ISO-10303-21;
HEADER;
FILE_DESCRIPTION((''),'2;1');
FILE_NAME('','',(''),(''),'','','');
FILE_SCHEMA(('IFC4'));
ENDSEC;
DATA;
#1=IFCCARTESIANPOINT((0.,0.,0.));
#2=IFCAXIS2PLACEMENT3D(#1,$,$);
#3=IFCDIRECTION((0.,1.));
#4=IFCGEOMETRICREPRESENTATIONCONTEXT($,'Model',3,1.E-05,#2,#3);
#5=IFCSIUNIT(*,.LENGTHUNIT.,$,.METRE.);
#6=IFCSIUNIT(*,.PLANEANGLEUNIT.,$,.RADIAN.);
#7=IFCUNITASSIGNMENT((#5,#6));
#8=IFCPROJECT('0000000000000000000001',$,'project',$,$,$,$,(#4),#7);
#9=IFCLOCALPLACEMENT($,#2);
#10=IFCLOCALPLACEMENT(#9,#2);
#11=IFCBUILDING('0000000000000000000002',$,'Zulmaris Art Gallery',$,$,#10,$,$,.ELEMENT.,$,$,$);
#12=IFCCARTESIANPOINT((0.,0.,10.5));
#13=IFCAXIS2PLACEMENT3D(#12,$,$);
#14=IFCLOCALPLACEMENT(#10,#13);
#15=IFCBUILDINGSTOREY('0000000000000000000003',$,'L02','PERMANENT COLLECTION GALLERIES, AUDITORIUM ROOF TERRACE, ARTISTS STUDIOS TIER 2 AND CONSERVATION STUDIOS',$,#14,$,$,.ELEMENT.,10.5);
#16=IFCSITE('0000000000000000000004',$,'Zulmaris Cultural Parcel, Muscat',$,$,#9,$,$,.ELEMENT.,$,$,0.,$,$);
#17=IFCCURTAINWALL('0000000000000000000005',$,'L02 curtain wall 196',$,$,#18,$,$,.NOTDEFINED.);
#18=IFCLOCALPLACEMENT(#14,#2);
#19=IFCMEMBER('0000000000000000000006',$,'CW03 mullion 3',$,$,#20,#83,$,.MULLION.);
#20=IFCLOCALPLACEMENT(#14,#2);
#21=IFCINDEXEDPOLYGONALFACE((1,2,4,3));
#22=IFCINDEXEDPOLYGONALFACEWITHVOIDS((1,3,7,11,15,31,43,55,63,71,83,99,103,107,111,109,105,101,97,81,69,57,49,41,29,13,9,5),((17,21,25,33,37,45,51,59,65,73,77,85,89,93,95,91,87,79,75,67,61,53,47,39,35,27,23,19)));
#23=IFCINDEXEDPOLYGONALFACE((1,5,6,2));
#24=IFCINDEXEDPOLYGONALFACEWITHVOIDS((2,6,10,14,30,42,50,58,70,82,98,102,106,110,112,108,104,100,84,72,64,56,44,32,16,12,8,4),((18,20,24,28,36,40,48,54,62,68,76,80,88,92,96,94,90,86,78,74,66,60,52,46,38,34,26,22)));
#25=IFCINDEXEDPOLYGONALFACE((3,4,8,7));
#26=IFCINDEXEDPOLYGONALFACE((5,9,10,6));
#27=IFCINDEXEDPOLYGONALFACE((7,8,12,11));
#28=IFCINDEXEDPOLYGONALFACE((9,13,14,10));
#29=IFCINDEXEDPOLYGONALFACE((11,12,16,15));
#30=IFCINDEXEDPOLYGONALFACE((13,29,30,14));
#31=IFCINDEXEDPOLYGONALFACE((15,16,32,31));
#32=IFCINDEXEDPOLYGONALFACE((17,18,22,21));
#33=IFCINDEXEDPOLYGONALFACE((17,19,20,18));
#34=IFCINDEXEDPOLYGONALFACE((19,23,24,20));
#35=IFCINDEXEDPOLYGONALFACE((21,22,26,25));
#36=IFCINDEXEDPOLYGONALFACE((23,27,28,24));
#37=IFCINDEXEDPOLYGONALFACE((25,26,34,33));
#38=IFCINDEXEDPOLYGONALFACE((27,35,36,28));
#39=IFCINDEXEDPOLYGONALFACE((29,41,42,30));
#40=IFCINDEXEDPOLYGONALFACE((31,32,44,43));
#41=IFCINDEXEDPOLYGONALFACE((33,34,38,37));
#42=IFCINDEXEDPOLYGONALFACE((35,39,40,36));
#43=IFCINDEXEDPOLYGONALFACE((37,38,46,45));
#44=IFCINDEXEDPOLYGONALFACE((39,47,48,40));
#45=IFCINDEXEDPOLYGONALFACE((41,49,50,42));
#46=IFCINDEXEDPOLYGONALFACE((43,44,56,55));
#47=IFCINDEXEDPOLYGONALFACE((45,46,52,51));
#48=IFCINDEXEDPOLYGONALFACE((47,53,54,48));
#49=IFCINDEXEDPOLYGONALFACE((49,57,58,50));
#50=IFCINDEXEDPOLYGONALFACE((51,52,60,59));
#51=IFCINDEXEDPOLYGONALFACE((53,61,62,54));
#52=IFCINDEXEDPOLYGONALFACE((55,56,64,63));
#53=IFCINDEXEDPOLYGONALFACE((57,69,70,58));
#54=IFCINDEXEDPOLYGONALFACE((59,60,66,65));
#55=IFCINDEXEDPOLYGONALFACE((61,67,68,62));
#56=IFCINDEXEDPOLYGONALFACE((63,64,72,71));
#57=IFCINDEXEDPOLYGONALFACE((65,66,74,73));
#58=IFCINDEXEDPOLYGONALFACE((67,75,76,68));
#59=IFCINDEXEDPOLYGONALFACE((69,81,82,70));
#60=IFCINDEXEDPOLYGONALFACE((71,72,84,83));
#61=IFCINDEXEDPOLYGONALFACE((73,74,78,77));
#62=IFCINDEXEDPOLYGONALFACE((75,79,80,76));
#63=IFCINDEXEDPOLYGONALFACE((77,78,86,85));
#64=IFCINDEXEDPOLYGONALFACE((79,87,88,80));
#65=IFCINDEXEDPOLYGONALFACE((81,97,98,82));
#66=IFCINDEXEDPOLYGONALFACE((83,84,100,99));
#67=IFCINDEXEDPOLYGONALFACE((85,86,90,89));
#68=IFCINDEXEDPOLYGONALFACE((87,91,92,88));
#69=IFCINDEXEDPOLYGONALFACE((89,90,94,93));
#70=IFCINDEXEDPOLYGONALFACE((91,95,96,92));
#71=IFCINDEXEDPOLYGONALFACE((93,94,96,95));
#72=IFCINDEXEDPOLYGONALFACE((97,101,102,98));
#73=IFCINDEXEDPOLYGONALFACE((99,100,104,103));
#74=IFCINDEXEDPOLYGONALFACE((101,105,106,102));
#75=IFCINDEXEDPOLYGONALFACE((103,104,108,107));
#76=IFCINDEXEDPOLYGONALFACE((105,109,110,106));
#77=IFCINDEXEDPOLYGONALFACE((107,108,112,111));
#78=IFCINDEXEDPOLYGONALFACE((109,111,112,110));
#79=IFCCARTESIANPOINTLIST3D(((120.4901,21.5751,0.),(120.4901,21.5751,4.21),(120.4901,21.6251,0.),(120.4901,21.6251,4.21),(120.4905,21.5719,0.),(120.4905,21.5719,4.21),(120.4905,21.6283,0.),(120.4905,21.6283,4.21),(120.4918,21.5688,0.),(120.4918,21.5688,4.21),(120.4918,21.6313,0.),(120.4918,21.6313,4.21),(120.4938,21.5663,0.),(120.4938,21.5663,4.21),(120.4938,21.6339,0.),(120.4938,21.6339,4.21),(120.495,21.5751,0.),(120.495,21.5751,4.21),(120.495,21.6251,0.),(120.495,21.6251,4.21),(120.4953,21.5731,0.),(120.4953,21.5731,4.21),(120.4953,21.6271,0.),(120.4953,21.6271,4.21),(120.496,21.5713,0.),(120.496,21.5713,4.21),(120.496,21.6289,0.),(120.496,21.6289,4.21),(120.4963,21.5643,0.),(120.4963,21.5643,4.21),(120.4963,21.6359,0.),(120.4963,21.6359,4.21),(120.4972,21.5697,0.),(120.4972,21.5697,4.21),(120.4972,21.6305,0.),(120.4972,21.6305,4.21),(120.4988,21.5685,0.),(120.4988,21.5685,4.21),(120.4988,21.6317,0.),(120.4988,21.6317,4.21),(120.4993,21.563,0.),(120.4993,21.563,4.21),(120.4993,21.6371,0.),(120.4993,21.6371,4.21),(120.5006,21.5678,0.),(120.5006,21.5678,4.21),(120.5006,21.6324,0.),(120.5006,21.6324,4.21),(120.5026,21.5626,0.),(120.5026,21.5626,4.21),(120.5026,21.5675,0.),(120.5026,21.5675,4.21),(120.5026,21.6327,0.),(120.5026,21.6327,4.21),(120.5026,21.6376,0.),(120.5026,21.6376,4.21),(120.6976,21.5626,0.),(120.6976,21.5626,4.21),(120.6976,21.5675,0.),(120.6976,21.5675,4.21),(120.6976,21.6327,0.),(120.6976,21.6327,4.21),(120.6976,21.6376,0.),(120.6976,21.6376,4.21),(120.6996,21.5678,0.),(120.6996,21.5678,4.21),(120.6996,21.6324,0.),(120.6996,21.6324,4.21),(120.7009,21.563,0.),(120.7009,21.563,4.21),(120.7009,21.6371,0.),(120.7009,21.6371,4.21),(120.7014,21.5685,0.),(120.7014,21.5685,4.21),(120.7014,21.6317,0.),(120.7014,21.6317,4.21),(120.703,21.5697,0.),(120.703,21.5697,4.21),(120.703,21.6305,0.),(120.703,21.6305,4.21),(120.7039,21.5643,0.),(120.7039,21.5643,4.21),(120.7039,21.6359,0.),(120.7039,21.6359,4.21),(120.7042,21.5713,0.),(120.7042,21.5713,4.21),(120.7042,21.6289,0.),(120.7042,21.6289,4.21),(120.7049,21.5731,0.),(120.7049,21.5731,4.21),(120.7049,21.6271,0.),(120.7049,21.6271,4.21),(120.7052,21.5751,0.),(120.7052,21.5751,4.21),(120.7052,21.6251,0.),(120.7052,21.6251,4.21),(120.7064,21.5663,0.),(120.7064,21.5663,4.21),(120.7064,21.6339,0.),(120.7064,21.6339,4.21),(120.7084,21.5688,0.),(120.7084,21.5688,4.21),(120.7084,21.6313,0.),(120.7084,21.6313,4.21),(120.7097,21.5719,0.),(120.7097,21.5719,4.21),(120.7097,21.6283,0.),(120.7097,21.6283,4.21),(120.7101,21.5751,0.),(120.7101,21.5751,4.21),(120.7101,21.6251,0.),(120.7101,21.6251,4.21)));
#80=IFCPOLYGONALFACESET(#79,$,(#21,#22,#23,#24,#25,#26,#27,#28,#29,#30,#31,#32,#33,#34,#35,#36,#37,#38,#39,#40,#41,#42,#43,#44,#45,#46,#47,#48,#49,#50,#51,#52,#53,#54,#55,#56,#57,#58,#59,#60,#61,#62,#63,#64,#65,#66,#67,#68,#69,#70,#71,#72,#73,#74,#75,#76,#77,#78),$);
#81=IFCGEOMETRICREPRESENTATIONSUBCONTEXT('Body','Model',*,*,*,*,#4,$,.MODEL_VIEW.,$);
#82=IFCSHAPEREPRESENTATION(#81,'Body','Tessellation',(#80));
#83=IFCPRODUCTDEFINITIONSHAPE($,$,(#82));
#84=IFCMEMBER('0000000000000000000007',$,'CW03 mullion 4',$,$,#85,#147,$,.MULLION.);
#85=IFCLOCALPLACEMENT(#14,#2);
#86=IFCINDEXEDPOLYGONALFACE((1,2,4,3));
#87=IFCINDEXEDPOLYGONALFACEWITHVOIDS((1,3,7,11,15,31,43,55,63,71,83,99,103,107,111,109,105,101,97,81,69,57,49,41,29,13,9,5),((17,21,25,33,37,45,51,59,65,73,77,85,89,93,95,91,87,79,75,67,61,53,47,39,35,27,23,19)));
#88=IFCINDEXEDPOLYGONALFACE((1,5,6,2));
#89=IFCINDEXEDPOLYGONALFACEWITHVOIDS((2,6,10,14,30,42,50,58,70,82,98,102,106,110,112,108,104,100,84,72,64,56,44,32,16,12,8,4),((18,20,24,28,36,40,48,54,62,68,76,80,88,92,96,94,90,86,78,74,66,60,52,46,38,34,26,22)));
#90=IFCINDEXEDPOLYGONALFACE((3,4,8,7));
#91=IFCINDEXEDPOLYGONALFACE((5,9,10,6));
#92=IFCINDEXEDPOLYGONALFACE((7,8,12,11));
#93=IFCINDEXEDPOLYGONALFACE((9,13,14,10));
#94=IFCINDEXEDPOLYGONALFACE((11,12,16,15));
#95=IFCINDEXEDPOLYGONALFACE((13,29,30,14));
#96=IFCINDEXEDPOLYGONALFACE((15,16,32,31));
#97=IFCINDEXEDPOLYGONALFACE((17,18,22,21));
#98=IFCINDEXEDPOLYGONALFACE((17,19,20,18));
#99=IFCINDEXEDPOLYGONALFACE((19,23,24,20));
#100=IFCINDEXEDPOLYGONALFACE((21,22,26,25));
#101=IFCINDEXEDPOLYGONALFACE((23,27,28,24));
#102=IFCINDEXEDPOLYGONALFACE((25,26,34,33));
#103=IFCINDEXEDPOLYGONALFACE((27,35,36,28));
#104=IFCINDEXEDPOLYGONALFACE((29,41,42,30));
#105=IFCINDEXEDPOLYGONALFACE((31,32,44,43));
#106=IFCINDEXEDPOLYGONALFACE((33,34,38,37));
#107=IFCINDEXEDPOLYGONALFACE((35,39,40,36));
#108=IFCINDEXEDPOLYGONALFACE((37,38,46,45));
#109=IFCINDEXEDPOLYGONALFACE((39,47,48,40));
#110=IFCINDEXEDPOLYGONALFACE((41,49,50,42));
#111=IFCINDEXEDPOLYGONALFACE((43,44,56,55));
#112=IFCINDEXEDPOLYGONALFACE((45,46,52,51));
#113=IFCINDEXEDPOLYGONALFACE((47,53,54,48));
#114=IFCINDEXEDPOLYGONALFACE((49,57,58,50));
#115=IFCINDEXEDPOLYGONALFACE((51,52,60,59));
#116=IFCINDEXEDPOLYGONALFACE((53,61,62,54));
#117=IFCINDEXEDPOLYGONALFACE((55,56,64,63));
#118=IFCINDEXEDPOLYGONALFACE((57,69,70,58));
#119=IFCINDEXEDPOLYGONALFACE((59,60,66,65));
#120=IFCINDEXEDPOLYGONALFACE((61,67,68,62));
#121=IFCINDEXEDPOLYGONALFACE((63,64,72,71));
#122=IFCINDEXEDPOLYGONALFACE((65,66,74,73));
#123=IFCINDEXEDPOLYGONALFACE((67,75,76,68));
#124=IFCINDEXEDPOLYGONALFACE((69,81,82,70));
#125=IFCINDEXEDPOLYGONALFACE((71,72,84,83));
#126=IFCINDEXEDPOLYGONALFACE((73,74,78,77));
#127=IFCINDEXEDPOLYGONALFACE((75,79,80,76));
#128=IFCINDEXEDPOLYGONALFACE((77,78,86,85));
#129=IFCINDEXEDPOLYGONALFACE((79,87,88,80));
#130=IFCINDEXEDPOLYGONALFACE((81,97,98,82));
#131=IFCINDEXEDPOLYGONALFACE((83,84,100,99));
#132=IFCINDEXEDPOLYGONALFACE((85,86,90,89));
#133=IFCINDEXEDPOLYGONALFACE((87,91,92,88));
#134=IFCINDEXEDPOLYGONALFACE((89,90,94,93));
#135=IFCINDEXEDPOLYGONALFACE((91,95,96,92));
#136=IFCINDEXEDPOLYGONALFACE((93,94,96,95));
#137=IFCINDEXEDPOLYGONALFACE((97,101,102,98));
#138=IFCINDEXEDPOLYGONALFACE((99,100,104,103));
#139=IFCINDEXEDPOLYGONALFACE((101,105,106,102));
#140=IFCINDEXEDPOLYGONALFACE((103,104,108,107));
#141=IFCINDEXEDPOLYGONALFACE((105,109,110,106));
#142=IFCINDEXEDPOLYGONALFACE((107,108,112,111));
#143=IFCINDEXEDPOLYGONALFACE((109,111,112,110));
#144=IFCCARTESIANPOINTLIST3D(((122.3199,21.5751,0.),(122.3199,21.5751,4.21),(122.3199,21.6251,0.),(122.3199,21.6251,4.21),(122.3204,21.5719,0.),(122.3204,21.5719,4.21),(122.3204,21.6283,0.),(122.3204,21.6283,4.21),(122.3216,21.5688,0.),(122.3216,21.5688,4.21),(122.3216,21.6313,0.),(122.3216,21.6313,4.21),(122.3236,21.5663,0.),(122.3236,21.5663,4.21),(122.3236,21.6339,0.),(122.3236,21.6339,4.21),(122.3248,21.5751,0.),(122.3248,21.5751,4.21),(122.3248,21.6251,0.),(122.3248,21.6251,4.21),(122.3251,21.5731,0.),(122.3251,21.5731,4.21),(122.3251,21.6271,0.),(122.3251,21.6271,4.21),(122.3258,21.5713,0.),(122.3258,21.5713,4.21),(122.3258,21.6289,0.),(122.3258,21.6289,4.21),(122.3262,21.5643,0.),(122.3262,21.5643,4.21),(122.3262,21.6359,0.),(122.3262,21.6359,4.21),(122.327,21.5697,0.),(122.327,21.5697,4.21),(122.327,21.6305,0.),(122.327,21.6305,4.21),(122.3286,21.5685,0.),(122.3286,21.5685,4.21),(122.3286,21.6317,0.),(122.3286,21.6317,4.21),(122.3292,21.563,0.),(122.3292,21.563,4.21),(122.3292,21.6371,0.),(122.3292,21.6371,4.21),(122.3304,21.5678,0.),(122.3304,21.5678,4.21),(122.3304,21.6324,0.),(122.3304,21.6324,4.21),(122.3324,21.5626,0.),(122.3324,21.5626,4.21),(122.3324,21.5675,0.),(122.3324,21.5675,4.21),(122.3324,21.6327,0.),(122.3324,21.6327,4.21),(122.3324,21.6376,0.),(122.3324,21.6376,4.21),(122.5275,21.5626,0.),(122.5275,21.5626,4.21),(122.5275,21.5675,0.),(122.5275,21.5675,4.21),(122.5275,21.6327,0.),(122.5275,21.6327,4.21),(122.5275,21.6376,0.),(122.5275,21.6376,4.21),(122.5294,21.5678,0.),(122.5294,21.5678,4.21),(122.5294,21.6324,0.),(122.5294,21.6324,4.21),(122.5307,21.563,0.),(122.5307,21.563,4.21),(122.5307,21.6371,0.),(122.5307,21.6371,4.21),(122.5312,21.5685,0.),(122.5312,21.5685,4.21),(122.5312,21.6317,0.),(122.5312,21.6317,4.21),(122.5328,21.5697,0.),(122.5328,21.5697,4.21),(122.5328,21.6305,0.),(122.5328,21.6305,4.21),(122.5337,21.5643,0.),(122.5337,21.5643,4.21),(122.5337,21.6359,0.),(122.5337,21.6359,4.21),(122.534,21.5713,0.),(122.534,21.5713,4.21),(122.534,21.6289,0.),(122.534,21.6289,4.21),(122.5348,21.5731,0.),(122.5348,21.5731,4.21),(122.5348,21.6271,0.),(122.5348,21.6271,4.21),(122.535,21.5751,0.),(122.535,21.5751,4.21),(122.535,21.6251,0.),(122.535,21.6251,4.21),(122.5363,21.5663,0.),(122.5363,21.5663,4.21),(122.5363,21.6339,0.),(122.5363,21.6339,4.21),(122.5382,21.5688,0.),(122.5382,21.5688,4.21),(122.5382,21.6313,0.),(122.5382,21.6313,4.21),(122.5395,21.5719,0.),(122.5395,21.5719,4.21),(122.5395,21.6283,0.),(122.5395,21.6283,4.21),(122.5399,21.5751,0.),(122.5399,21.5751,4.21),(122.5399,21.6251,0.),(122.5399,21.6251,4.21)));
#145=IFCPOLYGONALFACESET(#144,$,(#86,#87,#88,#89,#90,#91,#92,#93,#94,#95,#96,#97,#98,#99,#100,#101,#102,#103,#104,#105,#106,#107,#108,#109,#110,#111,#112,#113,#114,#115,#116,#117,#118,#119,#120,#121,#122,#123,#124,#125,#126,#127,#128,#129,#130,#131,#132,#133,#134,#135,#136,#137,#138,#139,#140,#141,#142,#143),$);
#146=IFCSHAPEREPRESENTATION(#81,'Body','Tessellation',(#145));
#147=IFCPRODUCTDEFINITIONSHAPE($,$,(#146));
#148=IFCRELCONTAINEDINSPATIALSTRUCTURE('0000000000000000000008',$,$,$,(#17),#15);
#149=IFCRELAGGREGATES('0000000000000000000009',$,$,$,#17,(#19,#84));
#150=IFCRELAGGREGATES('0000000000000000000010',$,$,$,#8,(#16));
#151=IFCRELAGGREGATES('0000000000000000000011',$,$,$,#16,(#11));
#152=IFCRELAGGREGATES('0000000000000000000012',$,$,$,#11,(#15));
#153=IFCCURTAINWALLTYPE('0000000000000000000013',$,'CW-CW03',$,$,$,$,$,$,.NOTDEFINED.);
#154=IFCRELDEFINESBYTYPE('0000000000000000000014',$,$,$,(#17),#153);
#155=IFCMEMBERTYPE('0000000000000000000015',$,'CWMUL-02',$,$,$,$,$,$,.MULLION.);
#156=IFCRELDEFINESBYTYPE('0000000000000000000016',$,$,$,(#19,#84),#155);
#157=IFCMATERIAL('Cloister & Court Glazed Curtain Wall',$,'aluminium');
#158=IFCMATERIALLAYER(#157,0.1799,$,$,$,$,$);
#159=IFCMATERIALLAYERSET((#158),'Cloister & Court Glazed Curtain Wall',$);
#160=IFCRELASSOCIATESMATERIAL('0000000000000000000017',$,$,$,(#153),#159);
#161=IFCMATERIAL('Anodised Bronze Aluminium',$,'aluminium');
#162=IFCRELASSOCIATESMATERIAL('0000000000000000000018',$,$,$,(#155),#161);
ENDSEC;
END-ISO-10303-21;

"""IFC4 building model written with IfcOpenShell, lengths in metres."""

from ifc_helpers import new_model, si_unit, direction, frame, origin, origin_2d, place, context, subcontext, project, spatial, hollow_rectangle, extrude, material, layer, layer_set, material_profile, profile_set, type_object, element, aggregate, save


model = new_model("IFC4")

# Units and contexts
model_context = context("Model", 3, precision=1e-05, world=origin(), true_north=direction((0.0, 1.0)))
body_context = subcontext(model_context, "Body", "Model", "MODEL_VIEW")
ifc_project = project(units=[si_unit("LENGTHUNIT", "METRE"), si_unit("PLANEANGLEUNIT", "RADIAN")], contexts=[model_context])

# Site, building, storey
site_placement = place(None, origin())
site = spatial("IfcSite", under=ifc_project, at=site_placement, Name="Zulmaris Cultural Parcel, Muscat", CompositionType="ELEMENT", RefElevation=0.0)
building_placement = place(site_placement, origin())
building = spatial("IfcBuilding", under=site, at=building_placement, Name="Zulmaris Art Gallery", CompositionType="ELEMENT")
storey_placement = place(building_placement, frame((0.0, 0.0, 10.5)))
storey = spatial("IfcBuildingStorey", under=building, at=storey_placement, Name="L02", Description="PERMANENT COLLECTION GALLERIES, AUDITORIUM ROOF TERRACE, ARTISTS STUDIOS TIER 2 AND CONSERVATION STUDIOS", CompositionType="ELEMENT", Elevation=10.5)

# Curtain wall, members
ifc_material_1 = material(Name="Cloister & Court Glazed Curtain Wall", Category="aluminium")
ifc_layer_1 = layer(ifc_material_1, 0.1799)
ifc_layer_set_1 = layer_set([ifc_layer_1], Name="Cloister & Court Glazed Curtain Wall")
curtain_wall_type = type_object("IfcCurtainWallType", Name="CW-CW03", PredefinedType="NOTDEFINED", material=ifc_layer_set_1)
ifc_material_2 = material(Name="Anodised Bronze Aluminium", Category="aluminium")
ifc_material_profile_1 = material_profile(ifc_material_2, hollow_rectangle(XDim=0.075, YDim=0.22, WallThickness=0.0049, InnerFilletRadius=0.0076, OuterFilletRadius=0.0125, at=origin_2d()), Name="ALU 75x220x5")
ifc_profile_set_1 = profile_set([ifc_material_profile_1], Name="Anodised Bronze Aluminium")
member_type_1 = type_object("IfcMemberType", Name="CWMUL-02", PredefinedType="MULLION", material=ifc_profile_set_1)
curtain_wall_1_placement = place(storey_placement, origin())
curtain_wall_1 = element("IfcCurtainWall", 1, at=curtain_wall_1_placement, inside=storey, type_object=curtain_wall_type, Name="L02 curtain wall 196", PredefinedType="NOTDEFINED")
member_1_placement = place(storey_placement, frame((120.6001, 21.6001, 0.0), z_axis=(0.0, 0.0, 1.0), x_axis=(0.0, 1.0, 0.0)))
member_1 = element("IfcMember", 2, at=member_1_placement, type_object=member_type_1, Name="CW03 mullion 3", PredefinedType="MULLION", context=body_context, shape_type="SweptSolid", body=[
    extrude(hollow_rectangle(XDim=0.075, YDim=0.22, WallThickness=0.0049, InnerFilletRadius=0.0076, OuterFilletRadius=0.0125, at=origin_2d()), origin(), (0.0, 0.0, 1.0), 4.21),
])
member_2_placement = place(storey_placement, frame((122.4299, 21.6001, 0.0), z_axis=(0.0, 0.0, 1.0), x_axis=(0.0, 1.0, 0.0)))
member_2 = element("IfcMember", 3, at=member_2_placement, type_object=member_type_1, Name="CW03 mullion 4", PredefinedType="MULLION", context=body_context, shape_type="SweptSolid", body=[
    extrude(hollow_rectangle(XDim=0.075, YDim=0.22, WallThickness=0.0049, InnerFilletRadius=0.0076, OuterFilletRadius=0.0125, at=origin_2d()), origin(), (0.0, 0.0, 1.0), 4.21),
])

aggregate(curtain_wall_1, [member_1, member_2])

save(model, "model.ifc")
